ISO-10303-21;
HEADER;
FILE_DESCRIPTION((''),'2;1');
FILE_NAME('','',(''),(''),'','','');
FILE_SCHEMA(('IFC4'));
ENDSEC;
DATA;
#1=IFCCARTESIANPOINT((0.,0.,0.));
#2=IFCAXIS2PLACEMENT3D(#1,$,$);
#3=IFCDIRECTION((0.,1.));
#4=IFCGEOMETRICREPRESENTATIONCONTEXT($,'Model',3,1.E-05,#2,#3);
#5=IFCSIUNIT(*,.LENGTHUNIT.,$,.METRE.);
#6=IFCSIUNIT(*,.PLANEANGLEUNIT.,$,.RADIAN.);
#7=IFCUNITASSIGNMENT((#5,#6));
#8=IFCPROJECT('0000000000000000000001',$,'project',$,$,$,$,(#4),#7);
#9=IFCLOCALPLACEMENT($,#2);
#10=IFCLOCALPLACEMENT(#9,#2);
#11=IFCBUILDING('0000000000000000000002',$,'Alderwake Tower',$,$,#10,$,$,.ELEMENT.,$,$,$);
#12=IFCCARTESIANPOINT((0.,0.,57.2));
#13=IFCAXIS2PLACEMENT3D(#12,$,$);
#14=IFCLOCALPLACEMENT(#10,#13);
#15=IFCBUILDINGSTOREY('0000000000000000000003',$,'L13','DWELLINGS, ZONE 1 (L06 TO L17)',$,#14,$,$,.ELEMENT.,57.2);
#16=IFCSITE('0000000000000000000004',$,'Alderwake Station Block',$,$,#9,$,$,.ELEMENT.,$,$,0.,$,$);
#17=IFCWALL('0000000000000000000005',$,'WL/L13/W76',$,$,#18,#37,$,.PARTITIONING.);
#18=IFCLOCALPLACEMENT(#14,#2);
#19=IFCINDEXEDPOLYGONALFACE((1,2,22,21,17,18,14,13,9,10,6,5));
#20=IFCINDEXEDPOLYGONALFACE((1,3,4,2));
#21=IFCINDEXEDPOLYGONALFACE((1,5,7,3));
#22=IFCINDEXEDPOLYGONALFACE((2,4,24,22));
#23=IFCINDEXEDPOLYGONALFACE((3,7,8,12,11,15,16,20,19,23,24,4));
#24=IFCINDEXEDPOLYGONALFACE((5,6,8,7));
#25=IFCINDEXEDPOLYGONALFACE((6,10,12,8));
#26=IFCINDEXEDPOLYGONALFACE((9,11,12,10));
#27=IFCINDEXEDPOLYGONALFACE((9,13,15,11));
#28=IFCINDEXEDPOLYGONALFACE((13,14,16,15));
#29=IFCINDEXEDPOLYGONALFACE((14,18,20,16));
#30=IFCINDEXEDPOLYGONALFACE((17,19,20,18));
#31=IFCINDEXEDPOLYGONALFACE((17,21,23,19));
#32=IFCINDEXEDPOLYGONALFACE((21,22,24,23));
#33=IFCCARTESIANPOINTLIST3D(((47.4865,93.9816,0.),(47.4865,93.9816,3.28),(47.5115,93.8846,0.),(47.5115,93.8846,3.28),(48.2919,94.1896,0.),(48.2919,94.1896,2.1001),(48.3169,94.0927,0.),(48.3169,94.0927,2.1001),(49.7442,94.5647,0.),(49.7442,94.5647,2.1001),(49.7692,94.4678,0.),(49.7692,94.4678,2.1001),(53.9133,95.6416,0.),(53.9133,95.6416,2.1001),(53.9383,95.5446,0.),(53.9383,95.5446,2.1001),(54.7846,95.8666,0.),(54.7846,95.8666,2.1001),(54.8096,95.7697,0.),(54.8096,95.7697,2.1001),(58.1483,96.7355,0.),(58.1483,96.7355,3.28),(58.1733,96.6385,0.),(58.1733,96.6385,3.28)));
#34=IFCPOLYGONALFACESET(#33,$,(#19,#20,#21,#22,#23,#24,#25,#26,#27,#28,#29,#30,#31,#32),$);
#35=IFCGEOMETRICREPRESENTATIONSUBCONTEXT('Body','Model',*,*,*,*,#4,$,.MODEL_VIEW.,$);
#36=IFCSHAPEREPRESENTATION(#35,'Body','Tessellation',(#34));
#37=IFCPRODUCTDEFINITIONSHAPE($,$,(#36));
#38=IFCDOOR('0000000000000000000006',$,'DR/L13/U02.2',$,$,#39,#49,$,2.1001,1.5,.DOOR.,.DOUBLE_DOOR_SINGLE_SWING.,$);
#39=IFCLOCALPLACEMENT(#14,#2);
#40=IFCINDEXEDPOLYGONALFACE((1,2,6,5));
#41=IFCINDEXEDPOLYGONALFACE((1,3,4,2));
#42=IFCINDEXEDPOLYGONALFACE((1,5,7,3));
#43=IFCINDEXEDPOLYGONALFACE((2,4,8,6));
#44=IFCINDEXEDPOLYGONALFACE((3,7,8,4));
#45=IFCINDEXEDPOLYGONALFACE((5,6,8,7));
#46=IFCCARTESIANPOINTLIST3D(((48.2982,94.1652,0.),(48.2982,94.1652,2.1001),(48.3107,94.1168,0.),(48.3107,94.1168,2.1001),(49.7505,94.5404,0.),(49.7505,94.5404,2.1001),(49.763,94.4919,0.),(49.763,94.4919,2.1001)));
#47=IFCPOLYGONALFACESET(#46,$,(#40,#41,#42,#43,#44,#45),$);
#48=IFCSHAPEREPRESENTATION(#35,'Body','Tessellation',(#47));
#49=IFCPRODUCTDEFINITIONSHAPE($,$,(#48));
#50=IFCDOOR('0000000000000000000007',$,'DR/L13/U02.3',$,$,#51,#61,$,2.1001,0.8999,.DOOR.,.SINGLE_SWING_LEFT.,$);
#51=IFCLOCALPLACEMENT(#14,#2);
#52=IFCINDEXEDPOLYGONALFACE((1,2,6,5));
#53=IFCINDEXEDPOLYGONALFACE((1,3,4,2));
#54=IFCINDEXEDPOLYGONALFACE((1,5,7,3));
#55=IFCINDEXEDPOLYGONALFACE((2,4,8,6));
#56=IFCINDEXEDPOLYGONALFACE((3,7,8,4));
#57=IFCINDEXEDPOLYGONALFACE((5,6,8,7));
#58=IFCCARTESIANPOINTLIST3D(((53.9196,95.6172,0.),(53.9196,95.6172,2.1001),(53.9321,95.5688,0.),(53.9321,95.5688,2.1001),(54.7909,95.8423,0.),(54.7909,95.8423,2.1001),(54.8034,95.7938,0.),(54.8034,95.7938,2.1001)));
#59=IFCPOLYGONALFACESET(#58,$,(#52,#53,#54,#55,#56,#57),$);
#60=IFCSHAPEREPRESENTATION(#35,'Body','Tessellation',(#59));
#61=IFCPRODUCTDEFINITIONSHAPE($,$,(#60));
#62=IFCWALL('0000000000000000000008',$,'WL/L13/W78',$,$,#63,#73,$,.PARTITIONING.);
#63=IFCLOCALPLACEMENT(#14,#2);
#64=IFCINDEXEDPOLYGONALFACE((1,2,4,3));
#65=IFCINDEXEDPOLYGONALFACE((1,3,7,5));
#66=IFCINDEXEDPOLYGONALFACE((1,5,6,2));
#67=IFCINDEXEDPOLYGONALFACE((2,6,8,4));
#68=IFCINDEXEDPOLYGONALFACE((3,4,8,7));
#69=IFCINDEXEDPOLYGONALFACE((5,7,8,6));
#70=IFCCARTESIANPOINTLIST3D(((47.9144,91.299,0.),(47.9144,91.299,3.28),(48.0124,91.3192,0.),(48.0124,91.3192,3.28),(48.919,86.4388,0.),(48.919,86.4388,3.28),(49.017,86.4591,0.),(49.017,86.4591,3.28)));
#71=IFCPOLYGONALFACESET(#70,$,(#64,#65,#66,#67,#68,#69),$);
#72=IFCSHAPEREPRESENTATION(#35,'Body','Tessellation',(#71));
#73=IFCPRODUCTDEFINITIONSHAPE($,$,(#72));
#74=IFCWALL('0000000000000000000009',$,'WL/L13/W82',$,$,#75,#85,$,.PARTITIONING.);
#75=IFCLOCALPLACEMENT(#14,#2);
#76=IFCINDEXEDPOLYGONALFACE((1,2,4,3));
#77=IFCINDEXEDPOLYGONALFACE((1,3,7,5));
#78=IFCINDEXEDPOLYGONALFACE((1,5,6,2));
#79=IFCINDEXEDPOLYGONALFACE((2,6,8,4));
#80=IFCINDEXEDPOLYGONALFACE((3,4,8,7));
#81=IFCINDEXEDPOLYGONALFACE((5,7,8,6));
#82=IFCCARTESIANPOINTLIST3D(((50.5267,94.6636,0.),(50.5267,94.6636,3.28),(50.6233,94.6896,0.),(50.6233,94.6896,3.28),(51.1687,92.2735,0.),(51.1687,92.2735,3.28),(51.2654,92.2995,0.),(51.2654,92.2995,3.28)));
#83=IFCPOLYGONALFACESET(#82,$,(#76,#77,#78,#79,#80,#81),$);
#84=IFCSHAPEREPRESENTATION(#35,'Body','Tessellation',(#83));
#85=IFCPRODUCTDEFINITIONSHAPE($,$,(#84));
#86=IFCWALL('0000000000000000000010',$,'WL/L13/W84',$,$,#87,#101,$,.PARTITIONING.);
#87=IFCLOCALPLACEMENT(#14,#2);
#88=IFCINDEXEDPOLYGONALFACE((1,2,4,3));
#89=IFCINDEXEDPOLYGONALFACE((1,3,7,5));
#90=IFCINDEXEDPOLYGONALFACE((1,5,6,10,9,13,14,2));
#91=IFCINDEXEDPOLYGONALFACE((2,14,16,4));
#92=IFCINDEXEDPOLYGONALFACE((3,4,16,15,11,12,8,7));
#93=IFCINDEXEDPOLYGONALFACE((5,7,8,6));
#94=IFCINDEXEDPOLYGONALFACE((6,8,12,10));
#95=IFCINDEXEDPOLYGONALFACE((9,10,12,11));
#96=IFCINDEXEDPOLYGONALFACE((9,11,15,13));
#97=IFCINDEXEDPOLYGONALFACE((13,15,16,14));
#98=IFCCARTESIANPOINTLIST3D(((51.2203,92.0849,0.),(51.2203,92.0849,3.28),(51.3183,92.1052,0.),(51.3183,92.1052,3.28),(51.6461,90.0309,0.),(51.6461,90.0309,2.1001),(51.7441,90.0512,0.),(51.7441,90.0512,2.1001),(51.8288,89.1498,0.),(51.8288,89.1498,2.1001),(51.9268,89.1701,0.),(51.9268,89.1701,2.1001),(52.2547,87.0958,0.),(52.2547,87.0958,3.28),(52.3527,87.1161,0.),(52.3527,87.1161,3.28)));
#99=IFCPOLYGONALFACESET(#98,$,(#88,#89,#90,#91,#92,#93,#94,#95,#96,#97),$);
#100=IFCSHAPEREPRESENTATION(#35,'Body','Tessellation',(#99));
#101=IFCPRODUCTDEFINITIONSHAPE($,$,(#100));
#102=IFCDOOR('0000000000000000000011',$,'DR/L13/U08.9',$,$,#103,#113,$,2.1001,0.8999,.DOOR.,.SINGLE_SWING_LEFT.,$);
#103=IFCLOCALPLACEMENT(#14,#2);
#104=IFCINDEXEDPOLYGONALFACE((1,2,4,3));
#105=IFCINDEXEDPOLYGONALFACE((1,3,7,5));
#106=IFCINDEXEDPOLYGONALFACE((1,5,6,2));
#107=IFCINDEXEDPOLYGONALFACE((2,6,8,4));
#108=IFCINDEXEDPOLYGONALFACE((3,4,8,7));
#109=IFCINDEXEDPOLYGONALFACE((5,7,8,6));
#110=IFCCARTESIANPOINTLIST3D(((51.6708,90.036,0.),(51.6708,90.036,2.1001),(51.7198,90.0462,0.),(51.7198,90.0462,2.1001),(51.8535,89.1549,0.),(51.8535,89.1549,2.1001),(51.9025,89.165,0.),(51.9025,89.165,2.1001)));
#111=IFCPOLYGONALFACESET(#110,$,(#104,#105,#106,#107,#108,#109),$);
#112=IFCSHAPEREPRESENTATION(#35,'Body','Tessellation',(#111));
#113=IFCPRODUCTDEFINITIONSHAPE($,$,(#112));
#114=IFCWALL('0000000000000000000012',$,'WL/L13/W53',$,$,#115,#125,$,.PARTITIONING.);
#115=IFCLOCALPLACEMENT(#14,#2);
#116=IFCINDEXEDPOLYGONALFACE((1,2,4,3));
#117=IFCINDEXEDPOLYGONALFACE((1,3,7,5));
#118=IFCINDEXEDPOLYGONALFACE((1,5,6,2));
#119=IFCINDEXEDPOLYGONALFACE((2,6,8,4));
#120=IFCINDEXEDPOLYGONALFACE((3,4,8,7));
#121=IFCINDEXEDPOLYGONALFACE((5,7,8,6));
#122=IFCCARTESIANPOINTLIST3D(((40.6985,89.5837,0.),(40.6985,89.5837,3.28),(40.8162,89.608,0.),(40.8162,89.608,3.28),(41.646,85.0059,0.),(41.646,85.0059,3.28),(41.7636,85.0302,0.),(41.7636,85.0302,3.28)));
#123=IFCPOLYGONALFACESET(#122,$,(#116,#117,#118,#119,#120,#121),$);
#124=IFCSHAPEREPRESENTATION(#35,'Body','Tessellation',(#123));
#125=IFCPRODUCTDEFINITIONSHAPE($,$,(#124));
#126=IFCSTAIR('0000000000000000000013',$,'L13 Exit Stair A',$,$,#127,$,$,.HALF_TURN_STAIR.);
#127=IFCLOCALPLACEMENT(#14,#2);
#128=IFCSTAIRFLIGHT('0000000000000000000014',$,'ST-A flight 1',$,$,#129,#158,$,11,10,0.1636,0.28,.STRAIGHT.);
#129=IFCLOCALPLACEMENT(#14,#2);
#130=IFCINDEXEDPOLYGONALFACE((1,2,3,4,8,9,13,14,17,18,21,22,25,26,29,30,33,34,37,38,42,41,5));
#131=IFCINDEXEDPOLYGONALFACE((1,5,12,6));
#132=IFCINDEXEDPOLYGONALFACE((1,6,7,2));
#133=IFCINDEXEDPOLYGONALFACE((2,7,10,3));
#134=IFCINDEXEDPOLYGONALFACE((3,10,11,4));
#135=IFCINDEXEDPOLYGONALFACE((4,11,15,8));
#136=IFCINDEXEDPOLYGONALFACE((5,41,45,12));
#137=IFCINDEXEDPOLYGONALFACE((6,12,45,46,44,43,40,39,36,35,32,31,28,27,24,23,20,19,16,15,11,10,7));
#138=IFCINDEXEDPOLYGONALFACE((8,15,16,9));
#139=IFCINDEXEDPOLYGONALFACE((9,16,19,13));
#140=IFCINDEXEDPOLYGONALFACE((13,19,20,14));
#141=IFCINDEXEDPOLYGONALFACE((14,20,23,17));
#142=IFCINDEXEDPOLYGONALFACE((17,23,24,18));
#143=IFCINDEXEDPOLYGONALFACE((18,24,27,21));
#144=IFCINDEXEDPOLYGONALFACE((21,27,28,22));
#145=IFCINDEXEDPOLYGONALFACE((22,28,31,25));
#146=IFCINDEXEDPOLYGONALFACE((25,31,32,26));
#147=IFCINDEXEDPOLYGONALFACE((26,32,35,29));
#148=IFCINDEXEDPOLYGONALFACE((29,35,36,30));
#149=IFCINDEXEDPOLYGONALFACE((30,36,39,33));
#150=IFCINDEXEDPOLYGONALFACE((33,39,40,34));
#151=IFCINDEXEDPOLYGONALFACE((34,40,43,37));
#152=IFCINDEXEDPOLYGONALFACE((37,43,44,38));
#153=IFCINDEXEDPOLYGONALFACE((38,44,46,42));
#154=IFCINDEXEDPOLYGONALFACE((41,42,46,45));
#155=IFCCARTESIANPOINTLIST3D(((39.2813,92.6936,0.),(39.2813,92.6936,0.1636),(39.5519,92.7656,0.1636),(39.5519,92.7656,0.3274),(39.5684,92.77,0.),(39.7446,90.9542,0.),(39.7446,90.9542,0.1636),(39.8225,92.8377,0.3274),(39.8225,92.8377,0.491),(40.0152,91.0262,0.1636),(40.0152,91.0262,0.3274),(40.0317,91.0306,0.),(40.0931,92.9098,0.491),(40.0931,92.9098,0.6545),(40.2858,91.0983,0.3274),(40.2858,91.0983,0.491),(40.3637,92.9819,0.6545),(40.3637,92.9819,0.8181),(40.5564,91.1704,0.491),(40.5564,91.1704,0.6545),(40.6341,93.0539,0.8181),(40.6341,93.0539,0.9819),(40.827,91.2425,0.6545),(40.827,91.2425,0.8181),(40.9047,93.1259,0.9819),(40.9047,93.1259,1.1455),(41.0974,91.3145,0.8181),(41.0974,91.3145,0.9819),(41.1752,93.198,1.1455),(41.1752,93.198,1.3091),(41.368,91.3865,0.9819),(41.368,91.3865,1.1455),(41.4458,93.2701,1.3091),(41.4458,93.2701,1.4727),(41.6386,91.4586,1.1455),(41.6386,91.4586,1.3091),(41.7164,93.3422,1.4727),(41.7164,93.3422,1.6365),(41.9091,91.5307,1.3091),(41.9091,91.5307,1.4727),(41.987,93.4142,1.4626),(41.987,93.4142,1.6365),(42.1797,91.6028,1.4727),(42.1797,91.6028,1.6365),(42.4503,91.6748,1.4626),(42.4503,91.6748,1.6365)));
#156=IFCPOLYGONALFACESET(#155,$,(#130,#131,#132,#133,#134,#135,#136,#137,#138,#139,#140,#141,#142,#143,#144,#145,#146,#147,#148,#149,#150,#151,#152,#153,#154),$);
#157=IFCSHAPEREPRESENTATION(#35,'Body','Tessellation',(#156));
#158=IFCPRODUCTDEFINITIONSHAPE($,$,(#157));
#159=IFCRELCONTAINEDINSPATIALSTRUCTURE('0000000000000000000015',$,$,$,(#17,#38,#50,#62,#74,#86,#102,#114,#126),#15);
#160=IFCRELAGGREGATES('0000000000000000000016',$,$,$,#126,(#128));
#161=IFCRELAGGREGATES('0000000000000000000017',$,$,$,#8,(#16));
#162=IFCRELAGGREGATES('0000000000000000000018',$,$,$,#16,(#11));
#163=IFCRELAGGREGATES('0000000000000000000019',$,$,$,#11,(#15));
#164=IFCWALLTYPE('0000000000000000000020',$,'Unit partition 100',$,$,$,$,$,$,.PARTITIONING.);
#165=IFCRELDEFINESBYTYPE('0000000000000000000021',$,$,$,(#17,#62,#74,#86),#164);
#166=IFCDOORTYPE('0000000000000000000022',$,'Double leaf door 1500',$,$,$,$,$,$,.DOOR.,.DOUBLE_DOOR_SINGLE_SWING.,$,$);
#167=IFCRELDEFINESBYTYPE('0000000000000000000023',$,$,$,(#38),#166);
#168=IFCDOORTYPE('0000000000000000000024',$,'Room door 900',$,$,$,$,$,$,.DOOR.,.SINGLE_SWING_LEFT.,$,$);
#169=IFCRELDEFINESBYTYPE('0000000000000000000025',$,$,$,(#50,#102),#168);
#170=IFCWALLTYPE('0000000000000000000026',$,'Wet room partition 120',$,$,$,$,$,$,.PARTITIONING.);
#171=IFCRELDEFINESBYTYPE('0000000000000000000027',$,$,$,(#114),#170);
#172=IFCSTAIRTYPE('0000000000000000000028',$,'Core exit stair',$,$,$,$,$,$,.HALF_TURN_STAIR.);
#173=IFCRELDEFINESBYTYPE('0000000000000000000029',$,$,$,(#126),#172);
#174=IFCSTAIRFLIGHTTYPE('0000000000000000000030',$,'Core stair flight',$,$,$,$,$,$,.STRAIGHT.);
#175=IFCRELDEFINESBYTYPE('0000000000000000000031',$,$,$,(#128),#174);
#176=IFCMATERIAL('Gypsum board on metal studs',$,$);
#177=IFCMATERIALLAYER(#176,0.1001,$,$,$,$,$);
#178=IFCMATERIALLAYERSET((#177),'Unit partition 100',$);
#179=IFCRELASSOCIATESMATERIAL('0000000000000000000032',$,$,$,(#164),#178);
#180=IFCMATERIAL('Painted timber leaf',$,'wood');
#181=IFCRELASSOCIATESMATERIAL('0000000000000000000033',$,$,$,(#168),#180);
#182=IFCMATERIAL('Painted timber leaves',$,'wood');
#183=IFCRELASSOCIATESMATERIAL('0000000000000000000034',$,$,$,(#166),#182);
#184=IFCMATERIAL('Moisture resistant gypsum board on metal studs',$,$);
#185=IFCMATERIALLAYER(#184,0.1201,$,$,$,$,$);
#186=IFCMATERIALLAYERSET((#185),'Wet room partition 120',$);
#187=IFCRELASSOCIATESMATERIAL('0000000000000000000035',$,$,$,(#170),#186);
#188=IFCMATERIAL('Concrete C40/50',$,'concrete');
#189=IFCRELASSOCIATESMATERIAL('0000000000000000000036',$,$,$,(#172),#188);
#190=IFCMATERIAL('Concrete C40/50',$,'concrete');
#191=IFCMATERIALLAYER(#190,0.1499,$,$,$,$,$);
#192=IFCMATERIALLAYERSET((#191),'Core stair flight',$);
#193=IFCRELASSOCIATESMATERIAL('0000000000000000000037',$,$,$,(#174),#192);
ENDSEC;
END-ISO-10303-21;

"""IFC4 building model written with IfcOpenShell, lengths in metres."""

from ifc_helpers import new_model, si_unit, direction, frame, frame_2d, origin, place, context, subcontext, project, spatial, polyline, rectangle, outline, extrude, material, layer, layer_set, type_object, element, fill, aggregate, save


model = new_model("IFC4")

# Units and contexts
model_context = context("Model", 3, precision=1e-05, world=origin(), true_north=direction((0.0, 1.0)))
body_context = subcontext(model_context, "Body", "Model", "MODEL_VIEW")
ifc_project = project(units=[si_unit("LENGTHUNIT", "METRE"), si_unit("PLANEANGLEUNIT", "RADIAN")], contexts=[model_context])

# Site, building, storey
site_placement = place(None, origin())
site = spatial("IfcSite", under=ifc_project, at=site_placement, Name="Alderwake Station Block", CompositionType="ELEMENT", RefElevation=0.0)
building_placement = place(site_placement, origin())
building = spatial("IfcBuilding", under=site, at=building_placement, Name="Alderwake Tower", CompositionType="ELEMENT")
storey_placement = place(building_placement, frame((0.0, 0.0, 57.2)))
storey = spatial("IfcBuildingStorey", under=building, at=storey_placement, Name="L13", Description="DWELLINGS, ZONE 1 (L06 TO L17)", CompositionType="ELEMENT", Elevation=57.2)

# Wall, openings, doors
ifc_material_1 = material(Name="Gypsum board on metal studs")
ifc_layer_1 = layer(ifc_material_1, 0.1001)
ifc_layer_set_1 = layer_set([ifc_layer_1], Name="Unit partition 100")
wall_type_1 = type_object("IfcWallType", Name="Unit partition 100", PredefinedType="PARTITIONING", material=ifc_layer_set_1)
ifc_material_2 = material(Name="Painted timber leaf", Category="wood")
door_type_1 = type_object("IfcDoorType", Name="Room door 900", OperationType="SINGLE_SWING_LEFT", PredefinedType="DOOR", material=ifc_material_2)
wall_1_placement = place(storey_placement, frame((47.499, 93.9331, 0.0), z_axis=(0.0, 0.0, 1.0), x_axis=(0.968223, 0.250087, 0.0)))
wall_1 = element("IfcWall", 1, at=wall_1_placement, inside=storey, type_object=wall_type_1, Name="WL/L13/W76", PredefinedType="PARTITIONING", context=body_context, shape_type="SweptSolid", body=[
    extrude(rectangle(XDim=11.0117, YDim=0.1001, at=frame_2d((5.5059, 0.0))), origin(), (0.0, 0.0, 1.0), 3.28),
])
opening_1_placement = place(wall_1_placement, frame((0.8318, 0.0, 0.0)))
opening_1 = element("IfcOpeningElement", 2, at=opening_1_placement, cuts=wall_1, PredefinedType="OPENING", context=body_context, shape_type="SweptSolid", body=[
    extrude(rectangle(XDim=1.5, YDim=2.1001, at=frame_2d((0.75, 1.05))), frame((0.0, 0.0601, 0.0), z_axis=(0.0, -1.0, 0.0), x_axis=(1.0, 0.0, 0.0)), (0.0, 0.0, 1.0), 0.1201),
])
opening_2_placement = place(wall_1_placement, frame((6.6377, 0.0, 0.0)))
opening_2 = element("IfcOpeningElement", 3, at=opening_2_placement, cuts=wall_1, PredefinedType="OPENING", context=body_context, shape_type="SweptSolid", body=[
    extrude(rectangle(XDim=0.8999, YDim=2.1001, at=frame_2d((0.45, 1.05))), frame((0.0, 0.0601, 0.0), z_axis=(0.0, -1.0, 0.0), x_axis=(1.0, 0.0, 0.0)), (0.0, 0.0, 1.0), 0.1201),
])
ifc_material_3 = material(Name="Painted timber leaves", Category="wood")
door_type_2 = type_object("IfcDoorType", Name="Double leaf door 1500", OperationType="DOUBLE_DOOR_SINGLE_SWING", PredefinedType="DOOR", material=ifc_material_3)
door_1_placement = place(opening_1_placement, origin())
door_1 = element("IfcDoor", 4, at=door_1_placement, inside=storey, type_object=door_type_2, Name="DR/L13/U02.2", OperationType="DOUBLE_DOOR_SINGLE_SWING", OverallHeight=2.1001, OverallWidth=1.5, PredefinedType="DOOR", context=body_context, shape_type="SweptSolid", body=[
    extrude(rectangle(XDim=1.5, YDim=2.1001, at=frame_2d((0.75, 1.05))), frame((0.0, 0.0249, 0.0), z_axis=(0.0, -1.0, 0.0), x_axis=(1.0, 0.0, 0.0)), (0.0, 0.0, 1.0), 0.05),
])
fill(opening_1, door_1)
door_2_placement = place(opening_2_placement, origin())
door_2 = element("IfcDoor", 5, at=door_2_placement, inside=storey, type_object=door_type_1, Name="DR/L13/U02.3", OperationType="SINGLE_SWING_LEFT", OverallHeight=2.1001, OverallWidth=0.8999, PredefinedType="DOOR", context=body_context, shape_type="SweptSolid", body=[
    extrude(rectangle(XDim=0.8999, YDim=2.1001, at=frame_2d((0.45, 1.05))), frame((0.0, 0.0249, 0.0), z_axis=(0.0, -1.0, 0.0), x_axis=(1.0, 0.0, 0.0)), (0.0, 0.0, 1.0), 0.05),
])
fill(opening_2, door_2)

# Walls
wall_2_placement = place(storey_placement, frame((48.968, 86.449, 0.0), z_axis=(0.0, 0.0, 1.0), x_axis=(-0.202432, 0.979296, 0.0)))
element("IfcWall", 6, at=wall_2_placement, inside=storey, type_object=wall_type_1, Name="WL/L13/W78", PredefinedType="PARTITIONING", context=body_context, shape_type="SweptSolid", body=[
    extrude(rectangle(XDim=4.9629, YDim=0.1001, at=frame_2d((2.4814, 0.0))), origin(), (0.0, 0.0, 1.0), 3.28),
])
wall_3_placement = place(storey_placement, frame((51.217, 92.2866, 0.0), z_axis=(0.0, 0.0, 1.0), x_axis=(-0.259443, 0.965758, 0.0)))
element("IfcWall", 7, at=wall_3_placement, inside=storey, type_object=wall_type_1, Name="WL/L13/W82", PredefinedType="PARTITIONING", context=body_context, shape_type="SweptSolid", body=[
    extrude(rectangle(XDim=2.4749, YDim=0.1001, at=frame_2d((1.2373, 0.0))), origin(), (0.0, 0.0, 1.0), 3.28),
])

# Wall, opening, door
wall_4_placement = place(storey_placement, frame((52.3037, 87.106, 0.0), z_axis=(0.0, 0.0, 1.0), x_axis=(-0.203022, 0.979174, 0.0)))
wall_4 = element("IfcWall", 8, at=wall_4_placement, inside=storey, type_object=wall_type_1, Name="WL/L13/W84", PredefinedType="PARTITIONING", context=body_context, shape_type="SweptSolid", body=[
    extrude(rectangle(XDim=5.0952, YDim=0.1001, at=frame_2d((2.5476, 0.0))), origin(), (0.0, 0.0, 1.0), 3.28),
])
opening_3_placement = place(wall_4_placement, frame((2.0977, 0.0, 0.0)))
opening_3 = element("IfcOpeningElement", 9, at=opening_3_placement, cuts=wall_4, PredefinedType="OPENING", context=body_context, shape_type="SweptSolid", body=[
    extrude(rectangle(XDim=0.8999, YDim=2.1001, at=frame_2d((0.45, 1.05))), frame((0.0, 0.0601, 0.0), z_axis=(0.0, -1.0, 0.0), x_axis=(1.0, 0.0, 0.0)), (0.0, 0.0, 1.0), 0.1201),
])
door_3_placement = place(opening_3_placement, origin())
door_3 = element("IfcDoor", 10, at=door_3_placement, inside=storey, type_object=door_type_1, Name="DR/L13/U08.9", OperationType="SINGLE_SWING_LEFT", OverallHeight=2.1001, OverallWidth=0.8999, PredefinedType="DOOR", context=body_context, shape_type="SweptSolid", body=[
    extrude(rectangle(XDim=0.8999, YDim=2.1001, at=frame_2d((0.45, 1.05))), frame((0.0, 0.0249, 0.0), z_axis=(0.0, -1.0, 0.0), x_axis=(1.0, 0.0, 0.0)), (0.0, 0.0, 1.0), 0.05),
])
fill(opening_3, door_3)

# Wall
ifc_material_4 = material(Name="Moisture resistant gypsum board on metal studs")
ifc_layer_2 = layer(ifc_material_4, 0.1201)
ifc_layer_set_2 = layer_set([ifc_layer_2], Name="Wet room partition 120")
wall_type_2 = type_object("IfcWallType", Name="Wet room partition 120", PredefinedType="PARTITIONING", material=ifc_layer_set_2)
wall_5_placement = place(storey_placement, frame((41.7048, 85.0181, 0.0), z_axis=(0.0, 0.0, 1.0), x_axis=(-0.20268, 0.979245, 0.0)))
element("IfcWall", 11, at=wall_5_placement, inside=storey, type_object=wall_type_2, Name="WL/L13/W53", PredefinedType="PARTITIONING", context=body_context, shape_type="SweptSolid", body=[
    extrude(rectangle(XDim=4.6748, YDim=0.1201, at=frame_2d((2.3374, 0.0))), origin(), (0.0, 0.0, 1.0), 3.28),
])

# Stair, stair flight
ifc_material_5 = material(Name="Concrete C40/50", Category="concrete")
stair_type = type_object("IfcStairType", Name="Core exit stair", PredefinedType="HALF_TURN_STAIR", material=ifc_material_5)
stair_placement = place(storey_placement, origin())
stair = element("IfcStair", 12, at=stair_placement, inside=storey, type_object=stair_type, Name="L13 Exit Stair A", PredefinedType="HALF_TURN_STAIR")
ifc_material_6 = material(Name="Concrete C40/50", Category="concrete")
ifc_layer_3 = layer(ifc_material_6, 0.1499)
ifc_layer_set_3 = layer_set([ifc_layer_3], Name="Core stair flight")
stair_flight_type = type_object("IfcStairFlightType", Name="Core stair flight", PredefinedType="STRAIGHT", material=ifc_layer_set_3)
stair_flight_1_placement = place(storey_placement, frame((39.5129, 91.824, 0.0), z_axis=(0.0, 0.0, 1.0), x_axis=(0.96631, 0.257382, 0.0)))
stair_flight_1 = element("IfcStairFlight", 13, at=stair_flight_1_placement, type_object=stair_flight_type, Name="ST-A flight 1", NumberOfRisers=11, NumberOfTreads=10, PredefinedType="STRAIGHT", RiserHeight=0.1636, TreadLength=0.28, context=body_context, shape_type="SweptSolid", body=[
    extrude(outline(polyline([(0.0, 0.0), (0.0, 0.1636), (0.28, 0.1636), (0.28, 0.3274), (0.5601, 0.3274), (0.5601, 0.491), (0.8401, 0.491), (0.8401, 0.6545), (1.1201, 0.6545), (1.1201, 0.8181), (1.3999, 0.8181), (1.3999, 0.9819), (1.6799, 0.9819), (1.6799, 1.1455), (1.96, 1.1455), (1.96, 1.3091), (2.24, 1.3091), (2.24, 1.4727), (2.52, 1.4727), (2.52, 1.6365), (2.8, 1.6365), (2.8, 1.8), (2.8, 1.4626), (0.2971, 0.0), (0.0, 0.0)])), frame((0.0, 0.8999, 0.0), z_axis=(0.0, -1.0, 0.0), x_axis=(1.0, 0.0, 0.0)), (0.0, 0.0, 1.0), 1.8),
])
aggregate(stair, [stair_flight_1])

save(model, "model.ifc")
